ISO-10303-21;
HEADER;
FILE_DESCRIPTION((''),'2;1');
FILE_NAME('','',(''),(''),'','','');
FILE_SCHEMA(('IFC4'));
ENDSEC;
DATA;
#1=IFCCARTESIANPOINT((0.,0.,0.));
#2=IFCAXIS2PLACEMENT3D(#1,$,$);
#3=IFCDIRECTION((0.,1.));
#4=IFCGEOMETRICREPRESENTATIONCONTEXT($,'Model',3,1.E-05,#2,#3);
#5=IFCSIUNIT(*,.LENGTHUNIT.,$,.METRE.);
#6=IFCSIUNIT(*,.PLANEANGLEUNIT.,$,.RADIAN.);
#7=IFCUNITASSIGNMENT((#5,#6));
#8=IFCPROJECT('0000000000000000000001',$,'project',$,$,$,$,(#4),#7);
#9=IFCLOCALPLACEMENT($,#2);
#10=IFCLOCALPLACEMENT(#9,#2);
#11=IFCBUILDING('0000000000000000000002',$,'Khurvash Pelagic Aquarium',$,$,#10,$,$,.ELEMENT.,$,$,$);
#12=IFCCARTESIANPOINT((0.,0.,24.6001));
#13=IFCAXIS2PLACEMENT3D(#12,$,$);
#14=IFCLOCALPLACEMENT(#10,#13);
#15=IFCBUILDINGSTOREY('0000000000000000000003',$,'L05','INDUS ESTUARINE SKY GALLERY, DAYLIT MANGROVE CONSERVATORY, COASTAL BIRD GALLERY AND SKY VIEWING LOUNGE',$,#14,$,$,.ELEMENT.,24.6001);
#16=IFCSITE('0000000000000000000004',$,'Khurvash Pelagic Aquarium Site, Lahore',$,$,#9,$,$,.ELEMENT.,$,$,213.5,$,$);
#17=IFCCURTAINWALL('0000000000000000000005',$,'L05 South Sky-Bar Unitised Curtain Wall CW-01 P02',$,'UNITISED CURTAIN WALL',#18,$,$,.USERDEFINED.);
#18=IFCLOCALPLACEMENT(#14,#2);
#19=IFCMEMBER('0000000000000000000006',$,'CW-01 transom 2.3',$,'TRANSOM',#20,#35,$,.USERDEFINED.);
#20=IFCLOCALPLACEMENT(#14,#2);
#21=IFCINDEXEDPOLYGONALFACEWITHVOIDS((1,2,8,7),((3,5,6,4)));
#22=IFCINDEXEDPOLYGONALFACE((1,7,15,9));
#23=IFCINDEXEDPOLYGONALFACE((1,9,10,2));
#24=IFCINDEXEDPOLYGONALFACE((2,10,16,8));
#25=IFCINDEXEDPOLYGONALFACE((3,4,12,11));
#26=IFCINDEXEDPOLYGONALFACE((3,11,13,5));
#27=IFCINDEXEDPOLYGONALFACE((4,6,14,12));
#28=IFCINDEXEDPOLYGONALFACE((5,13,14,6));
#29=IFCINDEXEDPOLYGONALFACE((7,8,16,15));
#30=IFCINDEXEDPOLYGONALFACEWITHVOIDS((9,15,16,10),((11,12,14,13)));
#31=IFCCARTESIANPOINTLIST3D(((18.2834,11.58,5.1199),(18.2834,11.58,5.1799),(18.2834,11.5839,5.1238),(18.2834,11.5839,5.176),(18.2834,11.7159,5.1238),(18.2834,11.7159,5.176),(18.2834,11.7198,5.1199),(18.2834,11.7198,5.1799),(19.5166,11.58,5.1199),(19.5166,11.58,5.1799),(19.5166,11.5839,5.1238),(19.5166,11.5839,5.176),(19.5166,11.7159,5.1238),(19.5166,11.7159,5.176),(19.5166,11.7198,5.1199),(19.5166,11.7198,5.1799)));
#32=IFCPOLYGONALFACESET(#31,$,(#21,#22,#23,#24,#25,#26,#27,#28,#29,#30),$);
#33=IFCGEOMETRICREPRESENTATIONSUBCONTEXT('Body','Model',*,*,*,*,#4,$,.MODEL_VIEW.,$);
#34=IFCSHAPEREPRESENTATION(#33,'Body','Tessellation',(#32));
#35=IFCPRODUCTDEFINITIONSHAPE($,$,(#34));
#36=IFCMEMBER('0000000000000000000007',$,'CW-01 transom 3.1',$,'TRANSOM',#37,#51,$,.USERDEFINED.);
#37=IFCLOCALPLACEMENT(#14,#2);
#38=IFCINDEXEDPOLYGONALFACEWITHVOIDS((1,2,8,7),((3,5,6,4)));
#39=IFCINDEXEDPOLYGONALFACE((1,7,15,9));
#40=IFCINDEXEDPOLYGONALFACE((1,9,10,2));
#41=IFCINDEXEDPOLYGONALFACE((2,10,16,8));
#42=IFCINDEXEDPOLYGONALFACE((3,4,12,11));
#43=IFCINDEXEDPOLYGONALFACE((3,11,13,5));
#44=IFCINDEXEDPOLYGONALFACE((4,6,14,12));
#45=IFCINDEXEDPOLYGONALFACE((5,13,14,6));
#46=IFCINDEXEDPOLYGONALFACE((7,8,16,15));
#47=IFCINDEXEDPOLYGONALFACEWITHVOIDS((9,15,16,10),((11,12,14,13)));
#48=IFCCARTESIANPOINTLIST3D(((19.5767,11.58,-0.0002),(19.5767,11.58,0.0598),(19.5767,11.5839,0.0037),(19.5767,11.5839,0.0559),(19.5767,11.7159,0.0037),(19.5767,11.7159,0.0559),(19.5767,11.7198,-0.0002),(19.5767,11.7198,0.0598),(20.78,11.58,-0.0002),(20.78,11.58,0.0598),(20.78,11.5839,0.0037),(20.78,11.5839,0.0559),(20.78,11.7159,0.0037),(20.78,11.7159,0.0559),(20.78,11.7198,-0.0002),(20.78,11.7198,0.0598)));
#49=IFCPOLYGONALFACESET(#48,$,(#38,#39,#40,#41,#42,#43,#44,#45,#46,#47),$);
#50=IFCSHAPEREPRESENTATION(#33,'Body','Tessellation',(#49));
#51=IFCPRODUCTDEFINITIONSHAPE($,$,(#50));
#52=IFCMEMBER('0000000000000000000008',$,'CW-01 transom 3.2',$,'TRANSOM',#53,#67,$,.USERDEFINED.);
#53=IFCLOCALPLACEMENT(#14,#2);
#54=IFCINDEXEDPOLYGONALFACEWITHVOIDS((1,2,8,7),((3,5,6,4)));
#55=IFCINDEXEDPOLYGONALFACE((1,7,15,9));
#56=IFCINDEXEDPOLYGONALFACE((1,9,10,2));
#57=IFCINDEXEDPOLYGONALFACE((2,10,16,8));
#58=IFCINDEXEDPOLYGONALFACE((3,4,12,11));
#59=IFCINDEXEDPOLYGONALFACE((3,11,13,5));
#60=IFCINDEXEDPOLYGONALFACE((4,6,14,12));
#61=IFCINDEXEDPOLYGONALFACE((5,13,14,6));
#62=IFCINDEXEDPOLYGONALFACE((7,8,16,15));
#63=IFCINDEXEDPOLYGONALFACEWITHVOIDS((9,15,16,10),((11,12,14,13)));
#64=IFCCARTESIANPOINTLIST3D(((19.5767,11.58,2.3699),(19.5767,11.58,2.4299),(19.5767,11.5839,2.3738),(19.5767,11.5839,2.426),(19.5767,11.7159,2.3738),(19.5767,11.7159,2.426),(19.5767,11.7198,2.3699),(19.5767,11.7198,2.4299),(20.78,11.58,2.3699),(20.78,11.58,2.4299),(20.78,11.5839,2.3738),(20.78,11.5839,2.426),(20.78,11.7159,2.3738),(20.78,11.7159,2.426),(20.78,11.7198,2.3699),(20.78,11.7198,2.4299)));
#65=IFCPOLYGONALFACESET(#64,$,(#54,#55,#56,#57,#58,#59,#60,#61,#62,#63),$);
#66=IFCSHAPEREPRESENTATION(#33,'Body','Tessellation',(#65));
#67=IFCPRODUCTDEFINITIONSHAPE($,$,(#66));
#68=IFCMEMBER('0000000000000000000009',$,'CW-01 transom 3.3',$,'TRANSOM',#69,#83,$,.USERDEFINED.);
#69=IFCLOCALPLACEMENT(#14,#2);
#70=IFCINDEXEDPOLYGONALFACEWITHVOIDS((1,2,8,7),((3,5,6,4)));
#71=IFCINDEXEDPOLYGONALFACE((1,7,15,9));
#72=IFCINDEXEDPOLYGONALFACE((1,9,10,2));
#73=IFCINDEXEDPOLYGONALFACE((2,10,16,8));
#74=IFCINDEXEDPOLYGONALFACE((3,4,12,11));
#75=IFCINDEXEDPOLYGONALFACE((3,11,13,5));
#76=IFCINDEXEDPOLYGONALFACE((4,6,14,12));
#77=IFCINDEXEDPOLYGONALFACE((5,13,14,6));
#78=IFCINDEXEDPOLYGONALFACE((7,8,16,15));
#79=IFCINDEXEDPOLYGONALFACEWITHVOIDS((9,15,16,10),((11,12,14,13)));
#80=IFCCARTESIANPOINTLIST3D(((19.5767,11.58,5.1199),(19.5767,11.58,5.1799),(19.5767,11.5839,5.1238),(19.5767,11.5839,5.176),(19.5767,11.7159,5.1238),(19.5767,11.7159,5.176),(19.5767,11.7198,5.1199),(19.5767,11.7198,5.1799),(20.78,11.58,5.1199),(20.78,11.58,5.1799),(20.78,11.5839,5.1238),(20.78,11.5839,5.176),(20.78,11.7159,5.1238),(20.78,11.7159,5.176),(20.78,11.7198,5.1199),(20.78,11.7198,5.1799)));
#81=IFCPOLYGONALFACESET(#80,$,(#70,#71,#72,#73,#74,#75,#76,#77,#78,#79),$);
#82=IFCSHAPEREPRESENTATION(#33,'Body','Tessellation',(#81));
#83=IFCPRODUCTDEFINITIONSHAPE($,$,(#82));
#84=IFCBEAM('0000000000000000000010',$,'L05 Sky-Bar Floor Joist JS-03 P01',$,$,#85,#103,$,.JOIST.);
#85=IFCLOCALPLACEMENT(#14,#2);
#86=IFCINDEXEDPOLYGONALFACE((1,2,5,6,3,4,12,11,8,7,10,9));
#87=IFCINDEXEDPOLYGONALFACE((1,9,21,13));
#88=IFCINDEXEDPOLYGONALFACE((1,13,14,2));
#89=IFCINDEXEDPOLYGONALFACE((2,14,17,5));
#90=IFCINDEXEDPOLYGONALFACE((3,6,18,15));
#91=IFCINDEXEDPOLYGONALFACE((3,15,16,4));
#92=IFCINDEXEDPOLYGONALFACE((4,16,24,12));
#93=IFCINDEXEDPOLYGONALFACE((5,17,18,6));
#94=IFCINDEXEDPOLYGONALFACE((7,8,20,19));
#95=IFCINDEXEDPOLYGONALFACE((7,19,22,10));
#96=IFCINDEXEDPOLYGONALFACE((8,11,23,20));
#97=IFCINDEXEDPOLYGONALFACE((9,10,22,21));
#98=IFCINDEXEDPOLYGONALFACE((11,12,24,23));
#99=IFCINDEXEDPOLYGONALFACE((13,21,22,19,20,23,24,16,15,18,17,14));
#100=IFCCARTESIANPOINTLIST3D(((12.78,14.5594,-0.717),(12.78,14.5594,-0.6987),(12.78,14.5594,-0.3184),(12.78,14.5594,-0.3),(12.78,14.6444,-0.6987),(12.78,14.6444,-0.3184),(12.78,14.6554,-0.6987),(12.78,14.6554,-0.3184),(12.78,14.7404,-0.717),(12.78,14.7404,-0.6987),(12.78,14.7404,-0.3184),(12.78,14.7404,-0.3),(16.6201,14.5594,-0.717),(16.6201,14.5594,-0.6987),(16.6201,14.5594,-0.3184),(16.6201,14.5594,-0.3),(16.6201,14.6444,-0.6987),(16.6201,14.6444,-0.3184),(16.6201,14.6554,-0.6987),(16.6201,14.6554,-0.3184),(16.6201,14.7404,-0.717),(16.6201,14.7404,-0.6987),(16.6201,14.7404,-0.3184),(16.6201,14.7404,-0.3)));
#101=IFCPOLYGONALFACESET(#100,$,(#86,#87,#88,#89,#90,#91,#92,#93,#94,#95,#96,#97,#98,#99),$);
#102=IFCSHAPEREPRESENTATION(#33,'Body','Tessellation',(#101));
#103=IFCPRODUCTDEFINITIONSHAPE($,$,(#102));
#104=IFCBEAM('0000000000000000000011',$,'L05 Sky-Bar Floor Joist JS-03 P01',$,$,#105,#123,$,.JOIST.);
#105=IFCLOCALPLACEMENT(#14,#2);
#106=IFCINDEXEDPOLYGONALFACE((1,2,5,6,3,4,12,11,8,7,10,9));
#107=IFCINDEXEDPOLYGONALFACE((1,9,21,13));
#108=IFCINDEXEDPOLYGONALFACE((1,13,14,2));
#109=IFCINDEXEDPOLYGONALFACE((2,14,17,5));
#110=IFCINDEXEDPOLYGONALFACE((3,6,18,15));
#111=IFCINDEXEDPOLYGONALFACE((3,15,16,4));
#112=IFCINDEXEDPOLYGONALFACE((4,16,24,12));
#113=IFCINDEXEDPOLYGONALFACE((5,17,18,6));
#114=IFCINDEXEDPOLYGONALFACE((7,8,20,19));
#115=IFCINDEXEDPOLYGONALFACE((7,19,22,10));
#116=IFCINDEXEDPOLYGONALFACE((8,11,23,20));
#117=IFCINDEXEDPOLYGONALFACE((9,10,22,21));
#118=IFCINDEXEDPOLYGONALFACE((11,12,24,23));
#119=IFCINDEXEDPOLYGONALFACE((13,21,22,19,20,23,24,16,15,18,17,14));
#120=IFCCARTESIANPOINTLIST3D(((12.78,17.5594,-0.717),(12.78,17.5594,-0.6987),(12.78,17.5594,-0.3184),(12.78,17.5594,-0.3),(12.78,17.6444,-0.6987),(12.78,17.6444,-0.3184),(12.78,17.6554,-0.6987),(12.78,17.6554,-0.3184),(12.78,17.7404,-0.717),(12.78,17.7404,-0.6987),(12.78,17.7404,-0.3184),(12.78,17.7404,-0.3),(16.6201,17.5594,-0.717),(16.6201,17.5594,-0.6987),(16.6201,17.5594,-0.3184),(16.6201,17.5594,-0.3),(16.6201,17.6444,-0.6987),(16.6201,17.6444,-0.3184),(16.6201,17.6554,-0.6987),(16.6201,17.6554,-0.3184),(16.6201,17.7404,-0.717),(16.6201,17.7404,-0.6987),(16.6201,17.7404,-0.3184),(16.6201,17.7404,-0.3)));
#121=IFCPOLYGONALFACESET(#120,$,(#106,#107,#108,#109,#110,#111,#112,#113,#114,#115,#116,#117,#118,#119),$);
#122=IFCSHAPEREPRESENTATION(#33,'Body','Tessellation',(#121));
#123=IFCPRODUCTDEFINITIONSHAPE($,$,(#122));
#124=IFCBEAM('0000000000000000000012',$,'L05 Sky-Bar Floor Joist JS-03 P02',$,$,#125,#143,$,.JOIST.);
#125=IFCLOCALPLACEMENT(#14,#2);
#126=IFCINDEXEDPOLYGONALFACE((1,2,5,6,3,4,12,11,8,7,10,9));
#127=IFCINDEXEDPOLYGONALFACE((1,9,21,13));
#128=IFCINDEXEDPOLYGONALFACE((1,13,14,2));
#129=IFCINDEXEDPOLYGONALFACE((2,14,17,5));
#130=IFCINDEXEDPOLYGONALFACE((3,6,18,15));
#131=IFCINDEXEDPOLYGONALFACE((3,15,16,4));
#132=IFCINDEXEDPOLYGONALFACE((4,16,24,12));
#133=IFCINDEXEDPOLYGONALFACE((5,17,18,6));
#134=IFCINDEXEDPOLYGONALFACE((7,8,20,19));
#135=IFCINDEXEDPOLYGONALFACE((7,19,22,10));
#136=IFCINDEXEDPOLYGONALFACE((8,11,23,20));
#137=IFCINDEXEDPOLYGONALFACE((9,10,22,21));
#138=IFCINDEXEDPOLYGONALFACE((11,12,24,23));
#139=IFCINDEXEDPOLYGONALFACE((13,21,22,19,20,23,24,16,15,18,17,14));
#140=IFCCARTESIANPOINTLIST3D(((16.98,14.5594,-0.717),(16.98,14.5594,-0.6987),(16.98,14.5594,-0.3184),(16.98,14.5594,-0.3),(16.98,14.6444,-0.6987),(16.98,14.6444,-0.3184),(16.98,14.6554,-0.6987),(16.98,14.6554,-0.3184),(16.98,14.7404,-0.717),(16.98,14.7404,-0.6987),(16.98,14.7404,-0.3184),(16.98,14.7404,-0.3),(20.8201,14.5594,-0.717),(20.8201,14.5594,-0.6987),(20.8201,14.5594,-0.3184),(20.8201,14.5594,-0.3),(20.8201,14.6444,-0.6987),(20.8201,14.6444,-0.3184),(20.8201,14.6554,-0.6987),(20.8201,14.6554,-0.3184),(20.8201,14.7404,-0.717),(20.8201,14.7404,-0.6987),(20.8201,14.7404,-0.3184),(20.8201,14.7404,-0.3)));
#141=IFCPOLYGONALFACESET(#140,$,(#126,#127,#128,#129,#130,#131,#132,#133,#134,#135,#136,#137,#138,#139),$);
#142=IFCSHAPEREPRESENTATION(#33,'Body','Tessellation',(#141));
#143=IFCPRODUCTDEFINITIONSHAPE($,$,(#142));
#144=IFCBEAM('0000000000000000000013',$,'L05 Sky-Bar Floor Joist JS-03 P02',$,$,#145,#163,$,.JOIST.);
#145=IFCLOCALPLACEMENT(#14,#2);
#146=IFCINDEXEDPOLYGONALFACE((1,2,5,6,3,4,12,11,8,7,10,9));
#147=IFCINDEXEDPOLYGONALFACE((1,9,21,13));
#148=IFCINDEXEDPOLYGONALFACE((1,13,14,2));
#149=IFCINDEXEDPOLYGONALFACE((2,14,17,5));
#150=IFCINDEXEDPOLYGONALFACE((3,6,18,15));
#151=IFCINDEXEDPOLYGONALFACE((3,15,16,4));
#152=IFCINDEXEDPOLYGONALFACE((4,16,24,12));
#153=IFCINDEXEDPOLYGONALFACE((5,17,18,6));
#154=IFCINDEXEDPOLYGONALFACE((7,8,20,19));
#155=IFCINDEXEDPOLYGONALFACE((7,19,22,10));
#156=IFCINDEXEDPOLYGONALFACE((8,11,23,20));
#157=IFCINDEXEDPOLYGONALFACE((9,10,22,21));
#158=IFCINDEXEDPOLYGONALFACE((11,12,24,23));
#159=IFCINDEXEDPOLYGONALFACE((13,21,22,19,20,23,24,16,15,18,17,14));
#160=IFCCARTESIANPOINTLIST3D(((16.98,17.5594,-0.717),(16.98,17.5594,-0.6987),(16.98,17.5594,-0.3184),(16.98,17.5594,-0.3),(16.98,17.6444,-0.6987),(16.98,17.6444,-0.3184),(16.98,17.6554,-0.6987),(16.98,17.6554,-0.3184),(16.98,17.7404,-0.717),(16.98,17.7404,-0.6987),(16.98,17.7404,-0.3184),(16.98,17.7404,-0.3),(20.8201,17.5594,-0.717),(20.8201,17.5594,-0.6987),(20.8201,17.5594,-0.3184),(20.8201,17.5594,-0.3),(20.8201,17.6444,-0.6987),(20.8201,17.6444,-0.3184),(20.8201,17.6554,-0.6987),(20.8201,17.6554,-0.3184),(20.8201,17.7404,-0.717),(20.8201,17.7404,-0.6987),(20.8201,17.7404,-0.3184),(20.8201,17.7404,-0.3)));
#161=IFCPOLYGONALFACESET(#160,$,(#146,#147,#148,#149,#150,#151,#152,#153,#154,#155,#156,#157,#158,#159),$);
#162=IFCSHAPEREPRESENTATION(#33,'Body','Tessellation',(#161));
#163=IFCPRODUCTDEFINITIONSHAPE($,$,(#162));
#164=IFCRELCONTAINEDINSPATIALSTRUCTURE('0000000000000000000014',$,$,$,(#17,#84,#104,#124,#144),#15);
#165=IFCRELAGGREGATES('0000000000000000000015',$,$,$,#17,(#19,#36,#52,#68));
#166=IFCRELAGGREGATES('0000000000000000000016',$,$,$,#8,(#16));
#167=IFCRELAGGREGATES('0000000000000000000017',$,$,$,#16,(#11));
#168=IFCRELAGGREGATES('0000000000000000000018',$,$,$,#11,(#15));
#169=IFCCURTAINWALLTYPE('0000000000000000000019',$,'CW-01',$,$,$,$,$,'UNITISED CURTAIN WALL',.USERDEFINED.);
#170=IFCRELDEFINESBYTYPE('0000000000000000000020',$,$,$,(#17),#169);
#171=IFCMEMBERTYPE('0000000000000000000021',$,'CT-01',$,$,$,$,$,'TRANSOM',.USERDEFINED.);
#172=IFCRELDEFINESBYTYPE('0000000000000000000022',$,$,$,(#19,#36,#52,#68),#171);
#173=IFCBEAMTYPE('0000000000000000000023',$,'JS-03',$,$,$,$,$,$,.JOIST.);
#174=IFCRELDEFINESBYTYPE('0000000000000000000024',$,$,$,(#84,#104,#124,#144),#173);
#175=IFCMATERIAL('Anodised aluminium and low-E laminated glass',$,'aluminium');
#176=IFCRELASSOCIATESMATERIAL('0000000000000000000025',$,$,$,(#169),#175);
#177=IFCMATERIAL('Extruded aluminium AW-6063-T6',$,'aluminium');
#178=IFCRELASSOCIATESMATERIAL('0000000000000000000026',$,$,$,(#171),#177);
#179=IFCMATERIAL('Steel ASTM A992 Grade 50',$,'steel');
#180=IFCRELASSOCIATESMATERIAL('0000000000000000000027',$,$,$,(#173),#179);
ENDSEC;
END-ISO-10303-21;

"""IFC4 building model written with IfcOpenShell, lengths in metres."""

from ifc_helpers import new_model, si_unit, direction, frame, origin, origin_2d, place, context, subcontext, project, spatial, hollow_rectangle, i_section, extrude, material, material_profile, profile_set, type_object, element, aggregate, save


model = new_model("IFC4")

# Units and contexts
model_context = context("Model", 3, precision=1e-05, world=origin(), true_north=direction((0.0, 1.0)))
body_context = subcontext(model_context, "Body", "Model", "MODEL_VIEW")
ifc_project = project(units=[si_unit("LENGTHUNIT", "METRE"), si_unit("PLANEANGLEUNIT", "RADIAN")], contexts=[model_context])

# Site, building, storey
site_placement = place(None, origin())
site = spatial("IfcSite", under=ifc_project, at=site_placement, Name="Khurvash Pelagic Aquarium Site, Lahore", CompositionType="ELEMENT", RefElevation=213.5)
building_placement = place(site_placement, origin())
building = spatial("IfcBuilding", under=site, at=building_placement, Name="Khurvash Pelagic Aquarium", CompositionType="ELEMENT")
storey_placement = place(building_placement, frame((0.0, 0.0, 24.6001)))
storey = spatial("IfcBuildingStorey", under=building, at=storey_placement, Name="L05", Description="INDUS ESTUARINE SKY GALLERY, DAYLIT MANGROVE CONSERVATORY, COASTAL BIRD GALLERY AND SKY VIEWING LOUNGE", CompositionType="ELEMENT", Elevation=24.6001)

# Shared definitions
ifc_material_1 = material(Name="Steel ASTM A992 Grade 50", Category="steel")

# Curtain wall, members
ifc_material_2 = material(Name="Anodised aluminium and low-E laminated glass", Category="aluminium")
curtain_wall_type_1 = type_object("IfcCurtainWallType", Name="CW-01", ElementType="UNITISED CURTAIN WALL", PredefinedType="USERDEFINED", material=ifc_material_2)
curtain_wall_1_placement = place(storey_placement, origin())
curtain_wall_1 = element("IfcCurtainWall", 1, at=curtain_wall_1_placement, inside=storey, type_object=curtain_wall_type_1, Name="L05 South Sky-Bar Unitised Curtain Wall CW-01 P02", ObjectType="UNITISED CURTAIN WALL", PredefinedType="USERDEFINED")
ifc_material_3 = material(Name="Extruded aluminium AW-6063-T6", Category="aluminium")
ifc_material_profile_1 = material_profile(ifc_material_3, hollow_rectangle(XDim=0.1399, YDim=0.0601, WallThickness=0.0039, at=origin_2d()), Name="CWT140X60X4")
ifc_profile_set_1 = profile_set([ifc_material_profile_1], Name="Extruded aluminium AW-6063-T6")
member_type_1 = type_object("IfcMemberType", Name="CT-01", ElementType="TRANSOM", PredefinedType="USERDEFINED", material=ifc_profile_set_1)
member_1_placement = place(storey_placement, frame((18.2834, 11.6499, 5.1499), z_axis=(1.0, 0.0, 0.0), x_axis=(0.0, 1.0, 0.0)))
member_1 = element("IfcMember", 2, at=member_1_placement, type_object=member_type_1, Name="CW-01 transom 2.3", ObjectType="TRANSOM", PredefinedType="USERDEFINED", context=body_context, shape_type="SweptSolid", body=[
    extrude(hollow_rectangle(XDim=0.1399, YDim=0.0601, WallThickness=0.0039, at=origin_2d()), origin(), (0.0, 0.0, 1.0), 1.2332),
])
member_2_placement = place(storey_placement, frame((19.5767, 11.6499, 0.0298), z_axis=(1.0, 0.0, 0.0), x_axis=(0.0, 1.0, 0.0)))
member_2 = element("IfcMember", 3, at=member_2_placement, type_object=member_type_1, Name="CW-01 transom 3.1", ObjectType="TRANSOM", PredefinedType="USERDEFINED", context=body_context, shape_type="SweptSolid", body=[
    extrude(hollow_rectangle(XDim=0.1399, YDim=0.0601, WallThickness=0.0039, at=origin_2d()), origin(), (0.0, 0.0, 1.0), 1.2034),
])
member_3_placement = place(storey_placement, frame((19.5767, 11.6499, 2.3999), z_axis=(1.0, 0.0, 0.0), x_axis=(0.0, 1.0, 0.0)))
member_3 = element("IfcMember", 4, at=member_3_placement, type_object=member_type_1, Name="CW-01 transom 3.2", ObjectType="TRANSOM", PredefinedType="USERDEFINED", context=body_context, shape_type="SweptSolid", body=[
    extrude(hollow_rectangle(XDim=0.1399, YDim=0.0601, WallThickness=0.0039, at=origin_2d()), origin(), (0.0, 0.0, 1.0), 1.2034),
])
member_4_placement = place(storey_placement, frame((19.5767, 11.6499, 5.1499), z_axis=(1.0, 0.0, 0.0), x_axis=(0.0, 1.0, 0.0)))
member_4 = element("IfcMember", 5, at=member_4_placement, type_object=member_type_1, Name="CW-01 transom 3.3", ObjectType="TRANSOM", PredefinedType="USERDEFINED", context=body_context, shape_type="SweptSolid", body=[
    extrude(hollow_rectangle(XDim=0.1399, YDim=0.0601, WallThickness=0.0039, at=origin_2d()), origin(), (0.0, 0.0, 1.0), 1.2034),
])

# Beams
ifc_material_profile_2 = material_profile(ifc_material_1, i_section(OverallWidth=0.1809, OverallDepth=0.417, WebThickness=0.011, FlangeThickness=0.0183, at=origin_2d()), Name="W16X57")
ifc_profile_set_2 = profile_set([ifc_material_profile_2], Name="Steel ASTM A992 Grade 50")
beam_type_1 = type_object("IfcBeamType", Name="JS-03", PredefinedType="JOIST", material=ifc_profile_set_2)
for number, where, z_axis, x_axis, name in (
    (6, (12.78, 14.6499, -0.5085), (1.0, 0.0, 0.0), (0.0, 1.0, 0.0), "L05 Sky-Bar Floor Joist JS-03 P01"),
    (7, (12.78, 17.6499, -0.5085), (1.0, 0.0, 0.0), (0.0, 1.0, 0.0), "L05 Sky-Bar Floor Joist JS-03 P01"),
    (8, (16.98, 14.6499, -0.5085), (1.0, 0.0, 0.0), (0.0, 1.0, 0.0), "L05 Sky-Bar Floor Joist JS-03 P02"),
    (9, (16.98, 17.6499, -0.5085), (1.0, 0.0, 0.0), (0.0, 1.0, 0.0), "L05 Sky-Bar Floor Joist JS-03 P02"),
):
    element("IfcBeam", number, at=place(storey_placement, frame(where, z_axis=z_axis, x_axis=x_axis)), inside=storey, type_object=beam_type_1, Name=name, PredefinedType="JOIST", context=body_context, shape_type="SweptSolid", body=[
        extrude(i_section(OverallWidth=0.1809, OverallDepth=0.417, WebThickness=0.011, FlangeThickness=0.0183, at=origin_2d()), origin(), (0.0, 0.0, 1.0), 3.8401),
    ])

aggregate(curtain_wall_1, [member_1, member_2, member_3, member_4])

save(model, "model.ifc")
